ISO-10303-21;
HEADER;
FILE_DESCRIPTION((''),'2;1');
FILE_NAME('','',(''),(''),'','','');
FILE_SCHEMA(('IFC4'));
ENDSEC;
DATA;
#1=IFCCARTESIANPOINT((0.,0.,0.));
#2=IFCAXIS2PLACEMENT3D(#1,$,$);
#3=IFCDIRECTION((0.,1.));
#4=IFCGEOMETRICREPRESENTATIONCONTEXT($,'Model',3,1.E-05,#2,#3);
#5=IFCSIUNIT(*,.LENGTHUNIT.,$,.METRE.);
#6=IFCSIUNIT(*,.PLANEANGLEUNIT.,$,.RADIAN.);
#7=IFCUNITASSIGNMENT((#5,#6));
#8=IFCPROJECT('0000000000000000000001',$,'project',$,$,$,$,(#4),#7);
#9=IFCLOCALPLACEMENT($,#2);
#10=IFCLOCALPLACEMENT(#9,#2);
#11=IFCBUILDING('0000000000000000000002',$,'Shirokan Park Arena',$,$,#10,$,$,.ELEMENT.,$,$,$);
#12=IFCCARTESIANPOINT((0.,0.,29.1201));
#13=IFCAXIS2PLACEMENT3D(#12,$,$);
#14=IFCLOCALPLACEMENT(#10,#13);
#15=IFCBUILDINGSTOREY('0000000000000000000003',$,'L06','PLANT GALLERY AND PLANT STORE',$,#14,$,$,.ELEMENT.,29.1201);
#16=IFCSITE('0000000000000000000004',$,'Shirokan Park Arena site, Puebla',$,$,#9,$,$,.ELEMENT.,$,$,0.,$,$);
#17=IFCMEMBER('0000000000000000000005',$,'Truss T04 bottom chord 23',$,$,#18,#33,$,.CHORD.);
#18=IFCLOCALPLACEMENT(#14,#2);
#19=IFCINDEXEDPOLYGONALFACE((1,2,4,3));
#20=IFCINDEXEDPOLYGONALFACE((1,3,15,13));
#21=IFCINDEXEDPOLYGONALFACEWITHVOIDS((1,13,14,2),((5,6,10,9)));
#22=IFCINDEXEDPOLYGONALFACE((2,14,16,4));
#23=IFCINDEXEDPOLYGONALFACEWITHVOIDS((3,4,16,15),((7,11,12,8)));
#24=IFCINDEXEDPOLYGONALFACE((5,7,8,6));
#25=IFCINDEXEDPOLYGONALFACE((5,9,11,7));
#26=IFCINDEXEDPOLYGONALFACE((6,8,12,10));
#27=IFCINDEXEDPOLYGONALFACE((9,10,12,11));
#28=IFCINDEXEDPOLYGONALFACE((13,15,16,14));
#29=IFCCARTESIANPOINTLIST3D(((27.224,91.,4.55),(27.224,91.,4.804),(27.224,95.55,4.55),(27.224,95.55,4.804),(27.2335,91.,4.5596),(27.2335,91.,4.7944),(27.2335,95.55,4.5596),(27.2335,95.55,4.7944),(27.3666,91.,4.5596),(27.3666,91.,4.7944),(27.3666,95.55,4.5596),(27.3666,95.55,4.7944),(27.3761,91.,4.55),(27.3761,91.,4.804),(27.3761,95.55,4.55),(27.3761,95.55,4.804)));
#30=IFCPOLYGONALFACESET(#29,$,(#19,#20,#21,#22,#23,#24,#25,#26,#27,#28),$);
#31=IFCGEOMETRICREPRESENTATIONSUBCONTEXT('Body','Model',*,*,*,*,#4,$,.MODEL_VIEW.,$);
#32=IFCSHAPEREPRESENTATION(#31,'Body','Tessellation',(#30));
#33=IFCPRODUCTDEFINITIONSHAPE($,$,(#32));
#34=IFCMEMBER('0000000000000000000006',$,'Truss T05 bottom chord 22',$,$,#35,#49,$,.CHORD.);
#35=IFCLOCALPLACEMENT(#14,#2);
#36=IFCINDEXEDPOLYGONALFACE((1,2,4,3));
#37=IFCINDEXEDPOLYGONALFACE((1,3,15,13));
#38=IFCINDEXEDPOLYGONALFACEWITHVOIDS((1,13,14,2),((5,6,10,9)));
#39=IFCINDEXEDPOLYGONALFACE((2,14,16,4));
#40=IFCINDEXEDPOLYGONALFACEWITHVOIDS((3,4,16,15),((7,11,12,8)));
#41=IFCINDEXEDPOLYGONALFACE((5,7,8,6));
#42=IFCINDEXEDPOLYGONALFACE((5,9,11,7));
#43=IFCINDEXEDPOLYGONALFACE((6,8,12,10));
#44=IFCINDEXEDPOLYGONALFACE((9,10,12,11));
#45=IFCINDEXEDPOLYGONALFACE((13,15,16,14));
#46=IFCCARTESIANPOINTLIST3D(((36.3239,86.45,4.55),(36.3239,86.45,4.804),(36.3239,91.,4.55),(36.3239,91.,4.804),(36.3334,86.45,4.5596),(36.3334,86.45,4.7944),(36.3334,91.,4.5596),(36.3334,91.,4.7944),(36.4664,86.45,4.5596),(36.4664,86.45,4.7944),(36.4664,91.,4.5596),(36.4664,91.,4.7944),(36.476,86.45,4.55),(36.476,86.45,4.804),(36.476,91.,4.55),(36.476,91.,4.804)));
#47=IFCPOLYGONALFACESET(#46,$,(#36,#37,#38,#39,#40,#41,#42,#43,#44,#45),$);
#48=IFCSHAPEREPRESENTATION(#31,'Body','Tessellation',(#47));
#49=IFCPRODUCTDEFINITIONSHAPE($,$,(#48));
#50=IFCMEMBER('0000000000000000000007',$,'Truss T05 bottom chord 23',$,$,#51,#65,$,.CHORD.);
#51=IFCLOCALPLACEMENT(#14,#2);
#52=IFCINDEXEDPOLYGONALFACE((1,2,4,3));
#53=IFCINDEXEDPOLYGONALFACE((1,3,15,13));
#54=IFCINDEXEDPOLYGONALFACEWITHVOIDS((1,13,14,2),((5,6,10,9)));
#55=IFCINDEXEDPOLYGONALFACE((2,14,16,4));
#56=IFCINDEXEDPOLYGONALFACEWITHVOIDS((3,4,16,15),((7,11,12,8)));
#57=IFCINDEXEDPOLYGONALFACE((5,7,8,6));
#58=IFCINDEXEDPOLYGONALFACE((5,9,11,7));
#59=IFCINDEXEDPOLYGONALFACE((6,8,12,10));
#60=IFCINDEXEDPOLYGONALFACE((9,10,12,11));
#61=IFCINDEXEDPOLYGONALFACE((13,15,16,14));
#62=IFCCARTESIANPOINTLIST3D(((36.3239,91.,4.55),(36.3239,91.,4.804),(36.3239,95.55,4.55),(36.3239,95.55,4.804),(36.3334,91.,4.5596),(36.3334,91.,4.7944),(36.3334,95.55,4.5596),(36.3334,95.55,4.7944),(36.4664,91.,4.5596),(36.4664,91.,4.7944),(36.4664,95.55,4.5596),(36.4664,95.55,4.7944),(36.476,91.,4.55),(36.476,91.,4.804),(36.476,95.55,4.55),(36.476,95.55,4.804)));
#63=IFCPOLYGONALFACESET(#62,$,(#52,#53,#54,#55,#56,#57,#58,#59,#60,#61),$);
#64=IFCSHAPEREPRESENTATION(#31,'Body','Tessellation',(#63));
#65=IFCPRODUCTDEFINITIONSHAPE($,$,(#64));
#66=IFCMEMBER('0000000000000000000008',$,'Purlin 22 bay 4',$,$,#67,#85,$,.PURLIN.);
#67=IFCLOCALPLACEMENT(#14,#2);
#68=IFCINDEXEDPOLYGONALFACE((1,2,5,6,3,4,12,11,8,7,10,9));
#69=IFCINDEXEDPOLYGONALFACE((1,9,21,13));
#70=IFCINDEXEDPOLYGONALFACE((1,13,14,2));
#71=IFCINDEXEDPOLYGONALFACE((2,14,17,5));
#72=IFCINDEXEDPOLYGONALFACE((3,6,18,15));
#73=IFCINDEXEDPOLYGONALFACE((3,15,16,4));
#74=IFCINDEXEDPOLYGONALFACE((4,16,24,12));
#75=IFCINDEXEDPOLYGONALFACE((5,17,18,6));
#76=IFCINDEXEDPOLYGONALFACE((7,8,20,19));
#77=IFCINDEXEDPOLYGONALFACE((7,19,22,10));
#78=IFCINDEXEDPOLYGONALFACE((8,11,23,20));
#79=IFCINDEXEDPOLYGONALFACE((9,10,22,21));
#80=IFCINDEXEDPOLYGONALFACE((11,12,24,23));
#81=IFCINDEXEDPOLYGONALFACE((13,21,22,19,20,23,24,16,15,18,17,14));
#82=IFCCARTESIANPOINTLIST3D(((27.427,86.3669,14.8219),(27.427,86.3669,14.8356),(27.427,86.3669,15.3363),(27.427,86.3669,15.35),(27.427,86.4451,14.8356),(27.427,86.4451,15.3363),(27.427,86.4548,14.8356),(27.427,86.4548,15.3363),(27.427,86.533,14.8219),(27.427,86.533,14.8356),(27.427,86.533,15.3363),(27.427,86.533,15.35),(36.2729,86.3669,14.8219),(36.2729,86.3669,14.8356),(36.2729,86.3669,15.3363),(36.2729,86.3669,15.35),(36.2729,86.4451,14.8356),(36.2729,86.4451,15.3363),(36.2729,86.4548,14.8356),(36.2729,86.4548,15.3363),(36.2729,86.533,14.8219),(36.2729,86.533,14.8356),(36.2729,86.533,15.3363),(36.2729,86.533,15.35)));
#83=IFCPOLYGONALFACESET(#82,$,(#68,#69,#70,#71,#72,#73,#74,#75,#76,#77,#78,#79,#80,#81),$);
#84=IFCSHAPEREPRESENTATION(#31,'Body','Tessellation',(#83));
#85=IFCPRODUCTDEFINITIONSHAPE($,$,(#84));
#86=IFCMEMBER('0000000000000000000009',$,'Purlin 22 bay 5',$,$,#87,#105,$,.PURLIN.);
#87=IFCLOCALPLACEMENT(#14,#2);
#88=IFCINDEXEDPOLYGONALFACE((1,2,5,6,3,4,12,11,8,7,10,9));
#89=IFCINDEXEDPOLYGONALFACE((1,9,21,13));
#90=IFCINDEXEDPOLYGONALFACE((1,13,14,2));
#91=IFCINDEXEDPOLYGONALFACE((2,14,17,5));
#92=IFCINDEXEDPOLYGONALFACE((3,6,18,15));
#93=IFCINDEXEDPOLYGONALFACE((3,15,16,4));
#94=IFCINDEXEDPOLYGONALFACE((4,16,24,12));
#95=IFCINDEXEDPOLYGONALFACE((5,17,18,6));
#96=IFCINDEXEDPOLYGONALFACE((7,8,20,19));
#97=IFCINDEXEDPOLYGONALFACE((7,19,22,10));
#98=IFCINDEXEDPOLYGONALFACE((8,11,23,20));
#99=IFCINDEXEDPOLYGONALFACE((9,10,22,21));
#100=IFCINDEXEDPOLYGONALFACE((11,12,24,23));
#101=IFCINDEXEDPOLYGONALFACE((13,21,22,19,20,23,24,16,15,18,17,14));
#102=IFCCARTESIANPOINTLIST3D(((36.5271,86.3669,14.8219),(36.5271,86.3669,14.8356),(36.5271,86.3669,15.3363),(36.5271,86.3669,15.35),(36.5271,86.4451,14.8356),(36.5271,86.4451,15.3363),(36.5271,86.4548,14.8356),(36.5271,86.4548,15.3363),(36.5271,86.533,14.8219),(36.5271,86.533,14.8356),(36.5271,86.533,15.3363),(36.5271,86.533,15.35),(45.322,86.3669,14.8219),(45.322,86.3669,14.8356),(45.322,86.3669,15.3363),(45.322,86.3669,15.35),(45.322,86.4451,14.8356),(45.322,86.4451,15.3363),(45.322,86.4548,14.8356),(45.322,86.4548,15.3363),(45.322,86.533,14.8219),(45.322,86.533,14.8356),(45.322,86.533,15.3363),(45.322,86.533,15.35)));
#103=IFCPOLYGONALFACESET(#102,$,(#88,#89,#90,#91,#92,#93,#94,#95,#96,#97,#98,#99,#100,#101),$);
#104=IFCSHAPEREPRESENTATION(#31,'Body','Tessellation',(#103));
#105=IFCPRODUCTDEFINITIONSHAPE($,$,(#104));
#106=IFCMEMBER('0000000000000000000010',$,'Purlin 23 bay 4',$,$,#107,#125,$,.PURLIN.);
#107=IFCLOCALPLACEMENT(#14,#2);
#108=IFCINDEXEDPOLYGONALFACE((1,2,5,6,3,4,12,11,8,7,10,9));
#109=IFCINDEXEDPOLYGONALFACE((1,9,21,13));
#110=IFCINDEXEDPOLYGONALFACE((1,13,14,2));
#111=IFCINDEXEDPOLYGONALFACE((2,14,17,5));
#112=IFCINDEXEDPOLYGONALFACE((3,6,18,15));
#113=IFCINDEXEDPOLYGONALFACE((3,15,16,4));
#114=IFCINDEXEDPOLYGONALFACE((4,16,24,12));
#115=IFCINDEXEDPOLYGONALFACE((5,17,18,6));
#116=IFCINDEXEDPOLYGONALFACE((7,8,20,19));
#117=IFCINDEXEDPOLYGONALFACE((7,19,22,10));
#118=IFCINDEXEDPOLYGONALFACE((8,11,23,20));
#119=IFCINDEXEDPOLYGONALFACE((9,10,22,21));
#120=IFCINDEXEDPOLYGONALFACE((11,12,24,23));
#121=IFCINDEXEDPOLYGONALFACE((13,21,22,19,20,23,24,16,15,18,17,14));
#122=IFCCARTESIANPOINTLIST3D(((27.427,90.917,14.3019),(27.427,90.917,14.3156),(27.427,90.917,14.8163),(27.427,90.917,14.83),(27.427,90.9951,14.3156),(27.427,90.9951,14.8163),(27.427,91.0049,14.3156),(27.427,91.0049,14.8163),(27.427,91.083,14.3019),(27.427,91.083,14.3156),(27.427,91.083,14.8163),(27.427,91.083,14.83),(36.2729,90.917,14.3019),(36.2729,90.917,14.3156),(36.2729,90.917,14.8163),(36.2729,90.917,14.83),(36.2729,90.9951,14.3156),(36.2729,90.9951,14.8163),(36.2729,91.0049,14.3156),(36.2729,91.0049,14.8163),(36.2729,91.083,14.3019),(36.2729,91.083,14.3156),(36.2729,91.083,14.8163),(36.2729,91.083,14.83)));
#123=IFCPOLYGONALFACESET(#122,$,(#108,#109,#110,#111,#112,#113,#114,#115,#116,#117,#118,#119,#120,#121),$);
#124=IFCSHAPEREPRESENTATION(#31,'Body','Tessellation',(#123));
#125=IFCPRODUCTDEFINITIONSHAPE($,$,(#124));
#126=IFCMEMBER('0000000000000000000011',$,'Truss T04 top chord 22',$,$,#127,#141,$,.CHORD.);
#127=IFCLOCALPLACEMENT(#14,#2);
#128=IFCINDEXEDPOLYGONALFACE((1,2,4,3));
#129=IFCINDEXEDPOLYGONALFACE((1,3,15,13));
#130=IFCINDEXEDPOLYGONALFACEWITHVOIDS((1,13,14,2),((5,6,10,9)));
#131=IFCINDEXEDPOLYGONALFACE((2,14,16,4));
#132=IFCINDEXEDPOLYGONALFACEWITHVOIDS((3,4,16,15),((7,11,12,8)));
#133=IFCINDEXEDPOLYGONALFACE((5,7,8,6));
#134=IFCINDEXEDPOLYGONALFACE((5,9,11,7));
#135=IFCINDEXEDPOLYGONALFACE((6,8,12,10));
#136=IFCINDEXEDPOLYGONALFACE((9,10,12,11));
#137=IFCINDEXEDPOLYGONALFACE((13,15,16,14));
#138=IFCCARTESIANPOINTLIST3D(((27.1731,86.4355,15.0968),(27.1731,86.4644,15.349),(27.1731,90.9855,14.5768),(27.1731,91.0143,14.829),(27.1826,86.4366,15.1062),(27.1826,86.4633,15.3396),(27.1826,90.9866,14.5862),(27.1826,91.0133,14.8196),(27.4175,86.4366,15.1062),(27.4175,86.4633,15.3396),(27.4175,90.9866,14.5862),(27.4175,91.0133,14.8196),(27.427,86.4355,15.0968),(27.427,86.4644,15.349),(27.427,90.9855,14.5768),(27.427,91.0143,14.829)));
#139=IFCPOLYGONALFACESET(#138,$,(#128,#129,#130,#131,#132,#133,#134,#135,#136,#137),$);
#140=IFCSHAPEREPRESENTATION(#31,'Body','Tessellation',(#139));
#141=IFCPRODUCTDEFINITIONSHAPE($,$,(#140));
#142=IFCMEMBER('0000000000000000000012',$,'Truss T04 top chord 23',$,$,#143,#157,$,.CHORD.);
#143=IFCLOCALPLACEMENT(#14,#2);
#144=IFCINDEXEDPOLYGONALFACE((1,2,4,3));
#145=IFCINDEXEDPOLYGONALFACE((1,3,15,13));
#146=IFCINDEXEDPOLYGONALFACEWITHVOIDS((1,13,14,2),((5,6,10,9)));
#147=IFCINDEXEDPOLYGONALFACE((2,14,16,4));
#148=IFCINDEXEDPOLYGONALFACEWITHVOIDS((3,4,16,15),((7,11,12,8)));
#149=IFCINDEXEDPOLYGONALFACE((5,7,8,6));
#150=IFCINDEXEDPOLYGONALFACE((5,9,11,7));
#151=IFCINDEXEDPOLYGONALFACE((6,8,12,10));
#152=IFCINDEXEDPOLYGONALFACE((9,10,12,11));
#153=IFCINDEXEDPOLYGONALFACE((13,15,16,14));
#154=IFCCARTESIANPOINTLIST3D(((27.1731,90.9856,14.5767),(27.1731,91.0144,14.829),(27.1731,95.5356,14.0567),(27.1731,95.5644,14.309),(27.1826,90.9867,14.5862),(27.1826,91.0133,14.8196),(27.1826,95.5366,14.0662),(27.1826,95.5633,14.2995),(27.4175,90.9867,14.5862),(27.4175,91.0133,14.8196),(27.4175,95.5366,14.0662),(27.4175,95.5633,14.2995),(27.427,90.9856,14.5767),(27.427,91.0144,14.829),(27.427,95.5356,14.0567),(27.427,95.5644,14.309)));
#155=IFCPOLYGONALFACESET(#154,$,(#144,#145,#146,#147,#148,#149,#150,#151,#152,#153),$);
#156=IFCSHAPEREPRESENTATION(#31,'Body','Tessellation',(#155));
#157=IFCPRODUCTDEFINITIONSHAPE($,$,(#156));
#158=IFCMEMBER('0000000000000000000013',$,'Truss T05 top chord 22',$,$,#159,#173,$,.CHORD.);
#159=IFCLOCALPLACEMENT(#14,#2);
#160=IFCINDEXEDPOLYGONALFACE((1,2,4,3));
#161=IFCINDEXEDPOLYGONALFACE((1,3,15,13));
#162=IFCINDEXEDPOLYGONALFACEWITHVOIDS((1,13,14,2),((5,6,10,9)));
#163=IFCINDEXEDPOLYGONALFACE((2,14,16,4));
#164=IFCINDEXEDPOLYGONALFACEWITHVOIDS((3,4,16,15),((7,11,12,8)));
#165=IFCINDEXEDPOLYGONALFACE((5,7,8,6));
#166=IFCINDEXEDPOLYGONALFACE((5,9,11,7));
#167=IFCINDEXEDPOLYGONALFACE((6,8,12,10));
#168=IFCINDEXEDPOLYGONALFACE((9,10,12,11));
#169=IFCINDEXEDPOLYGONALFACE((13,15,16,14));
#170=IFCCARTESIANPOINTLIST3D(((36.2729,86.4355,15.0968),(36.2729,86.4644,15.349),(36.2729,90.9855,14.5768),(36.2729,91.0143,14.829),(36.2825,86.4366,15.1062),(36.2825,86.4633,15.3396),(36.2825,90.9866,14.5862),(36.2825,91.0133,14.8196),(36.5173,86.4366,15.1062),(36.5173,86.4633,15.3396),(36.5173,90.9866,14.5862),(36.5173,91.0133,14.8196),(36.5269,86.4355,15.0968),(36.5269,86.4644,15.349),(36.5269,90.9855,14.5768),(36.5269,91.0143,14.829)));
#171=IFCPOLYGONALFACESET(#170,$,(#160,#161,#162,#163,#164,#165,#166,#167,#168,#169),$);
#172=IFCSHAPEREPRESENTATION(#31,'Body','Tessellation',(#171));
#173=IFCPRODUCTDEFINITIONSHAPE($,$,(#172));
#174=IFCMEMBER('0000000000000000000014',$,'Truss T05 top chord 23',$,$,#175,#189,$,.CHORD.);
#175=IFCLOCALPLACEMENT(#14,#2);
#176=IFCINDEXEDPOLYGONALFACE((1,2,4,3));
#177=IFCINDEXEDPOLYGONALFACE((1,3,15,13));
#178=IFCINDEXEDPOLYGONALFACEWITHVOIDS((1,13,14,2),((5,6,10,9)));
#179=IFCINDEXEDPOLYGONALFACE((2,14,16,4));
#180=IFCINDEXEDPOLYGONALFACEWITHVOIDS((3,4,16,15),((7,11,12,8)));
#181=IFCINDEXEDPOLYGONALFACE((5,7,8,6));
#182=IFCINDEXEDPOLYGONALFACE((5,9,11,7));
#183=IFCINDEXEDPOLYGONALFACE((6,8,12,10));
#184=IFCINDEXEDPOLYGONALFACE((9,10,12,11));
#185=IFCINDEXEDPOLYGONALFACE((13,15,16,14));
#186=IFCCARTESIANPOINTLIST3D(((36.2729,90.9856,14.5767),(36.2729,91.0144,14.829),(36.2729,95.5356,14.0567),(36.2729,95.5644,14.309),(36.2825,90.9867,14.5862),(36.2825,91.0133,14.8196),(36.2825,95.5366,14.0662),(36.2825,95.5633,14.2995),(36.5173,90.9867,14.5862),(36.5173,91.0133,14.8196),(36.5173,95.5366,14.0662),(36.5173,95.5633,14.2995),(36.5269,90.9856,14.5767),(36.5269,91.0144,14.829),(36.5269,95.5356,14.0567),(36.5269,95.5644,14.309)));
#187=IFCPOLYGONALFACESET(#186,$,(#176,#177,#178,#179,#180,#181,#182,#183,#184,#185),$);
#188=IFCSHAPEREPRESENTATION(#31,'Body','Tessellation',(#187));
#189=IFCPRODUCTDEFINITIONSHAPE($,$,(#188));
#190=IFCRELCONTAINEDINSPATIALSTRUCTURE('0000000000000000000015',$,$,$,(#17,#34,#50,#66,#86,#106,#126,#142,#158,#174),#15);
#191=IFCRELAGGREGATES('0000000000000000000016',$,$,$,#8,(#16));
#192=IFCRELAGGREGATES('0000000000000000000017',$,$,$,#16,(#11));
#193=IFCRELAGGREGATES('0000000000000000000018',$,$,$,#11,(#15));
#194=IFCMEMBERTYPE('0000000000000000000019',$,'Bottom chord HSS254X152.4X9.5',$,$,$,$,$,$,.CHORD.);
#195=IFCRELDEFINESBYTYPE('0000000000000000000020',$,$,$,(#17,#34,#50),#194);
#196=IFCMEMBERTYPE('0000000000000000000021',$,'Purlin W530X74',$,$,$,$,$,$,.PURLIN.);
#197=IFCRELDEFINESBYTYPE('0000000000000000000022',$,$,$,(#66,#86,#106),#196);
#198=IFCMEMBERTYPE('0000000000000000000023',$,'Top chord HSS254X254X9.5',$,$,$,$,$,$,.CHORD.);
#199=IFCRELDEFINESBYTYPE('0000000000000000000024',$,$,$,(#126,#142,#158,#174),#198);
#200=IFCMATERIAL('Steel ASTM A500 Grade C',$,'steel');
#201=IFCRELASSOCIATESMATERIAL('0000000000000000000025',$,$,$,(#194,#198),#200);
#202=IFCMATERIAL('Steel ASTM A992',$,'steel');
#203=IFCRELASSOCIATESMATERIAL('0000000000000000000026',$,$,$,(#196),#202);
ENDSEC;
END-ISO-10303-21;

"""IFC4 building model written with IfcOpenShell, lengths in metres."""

from ifc_helpers import new_model, si_unit, direction, frame, origin, origin_2d, place, context, subcontext, project, spatial, hollow_rectangle, i_section, extrude, material, material_profile, profile_set, type_object, element, save


model = new_model("IFC4")

# Units and contexts
model_context = context("Model", 3, precision=1e-05, world=origin(), true_north=direction((0.0, 1.0)))
body_context = subcontext(model_context, "Body", "Model", "MODEL_VIEW")
ifc_project = project(units=[si_unit("LENGTHUNIT", "METRE"), si_unit("PLANEANGLEUNIT", "RADIAN")], contexts=[model_context])

# Site, building, storey
site_placement = place(None, origin())
site = spatial("IfcSite", under=ifc_project, at=site_placement, Name="Shirokan Park Arena site, Puebla", CompositionType="ELEMENT", RefElevation=0.0)
building_placement = place(site_placement, origin())
building = spatial("IfcBuilding", under=site, at=building_placement, Name="Shirokan Park Arena", CompositionType="ELEMENT")
storey_placement = place(building_placement, frame((0.0, 0.0, 29.1201)))
storey = spatial("IfcBuildingStorey", under=building, at=storey_placement, Name="L06", Description="PLANT GALLERY AND PLANT STORE", CompositionType="ELEMENT", Elevation=29.1201)

# Members
ifc_material_1 = material(Name="Steel ASTM A500 Grade C", Category="steel")
ifc_material_profile_1 = material_profile(ifc_material_1, hollow_rectangle(XDim=0.1521, YDim=0.2539, WallThickness=0.0095, at=origin_2d()), Name="HSS254X152.4X9.5")
ifc_profile_set_1 = profile_set([ifc_material_profile_1], Name="Steel ASTM A500 Grade C")
member_type_1 = type_object("IfcMemberType", Name="Bottom chord HSS254X152.4X9.5", PredefinedType="CHORD", material=ifc_profile_set_1)
for number, where, z_axis, x_axis, name in (
    (1, (27.3, 91.0, 4.677), (0.0, 1.0, 0.0), (-1.0, 0.0, 0.0), "Truss T04 bottom chord 23"),
    (2, (36.3999, 86.45, 4.677), (0.0, 1.0, 0.0), (-1.0, 0.0, 0.0), "Truss T05 bottom chord 22"),
    (3, (36.3999, 91.0, 4.677), (0.0, 1.0, 0.0), (-1.0, 0.0, 0.0), "Truss T05 bottom chord 23"),
):
    element("IfcMember", number, at=place(storey_placement, frame(where, z_axis=z_axis, x_axis=x_axis)), inside=storey, type_object=member_type_1, Name=name, PredefinedType="CHORD", context=body_context, shape_type="SweptSolid", body=[
        extrude(hollow_rectangle(XDim=0.1521, YDim=0.2539, WallThickness=0.0095, at=origin_2d()), origin(), (0.0, 0.0, 1.0), 4.55),
    ])
ifc_material_2 = material(Name="Steel ASTM A992", Category="steel")
ifc_material_profile_2 = material_profile(ifc_material_2, i_section(OverallWidth=0.166, OverallDepth=0.5281, WebThickness=0.0098, FlangeThickness=0.0137, at=origin_2d()), Name="W530X74")
ifc_profile_set_2 = profile_set([ifc_material_profile_2], Name="Steel ASTM A992")
member_type_2 = type_object("IfcMemberType", Name="Purlin W530X74", PredefinedType="PURLIN", material=ifc_profile_set_2)
member_1_placement = place(storey_placement, frame((27.427, 86.45, 15.0859), z_axis=(1.0, 0.0, 0.0), x_axis=(0.0, 1.0, 0.0)))
element("IfcMember", 4, at=member_1_placement, inside=storey, type_object=member_type_2, Name="Purlin 22 bay 4", PredefinedType="PURLIN", context=body_context, shape_type="SweptSolid", body=[
    extrude(i_section(OverallWidth=0.166, OverallDepth=0.5281, WebThickness=0.0098, FlangeThickness=0.0137, at=origin_2d()), origin(), (0.0, 0.0, 1.0), 8.8459),
])
member_2_placement = place(storey_placement, frame((36.5271, 86.45, 15.0859), z_axis=(1.0, 0.0, 0.0), x_axis=(0.0, 1.0, 0.0)))
element("IfcMember", 5, at=member_2_placement, inside=storey, type_object=member_type_2, Name="Purlin 22 bay 5", PredefinedType="PURLIN", context=body_context, shape_type="SweptSolid", body=[
    extrude(i_section(OverallWidth=0.166, OverallDepth=0.5281, WebThickness=0.0098, FlangeThickness=0.0137, at=origin_2d()), origin(), (0.0, 0.0, 1.0), 8.7949),
])
member_3_placement = place(storey_placement, frame((27.427, 91.0, 14.5659), z_axis=(1.0, 0.0, 0.0), x_axis=(0.0, 1.0, 0.0)))
element("IfcMember", 6, at=member_3_placement, inside=storey, type_object=member_type_2, Name="Purlin 23 bay 4", PredefinedType="PURLIN", context=body_context, shape_type="SweptSolid", body=[
    extrude(i_section(OverallWidth=0.166, OverallDepth=0.5281, WebThickness=0.0098, FlangeThickness=0.0137, at=origin_2d()), origin(), (0.0, 0.0, 1.0), 8.8459),
])
ifc_material_profile_3 = material_profile(ifc_material_1, hollow_rectangle(XDim=0.2539, YDim=0.2539, WallThickness=0.0095, at=origin_2d()), Name="HSS254X254X9.5")
ifc_profile_set_3 = profile_set([ifc_material_profile_3], Name="Steel ASTM A500 Grade C")
member_type_3 = type_object("IfcMemberType", Name="Top chord HSS254X254X9.5", PredefinedType="CHORD", material=ifc_profile_set_3)
for number, where, z_axis, x_axis, name in (
    (7, (27.3, 86.45, 15.2229), (0.0, 0.993532, -0.11355), (-1.0, 0.0, 0.0), "Truss T04 top chord 22"),
    (8, (27.3, 91.0, 14.7029), (0.0, 0.993532, -0.11355), (-1.0, 0.0, 0.0), "Truss T04 top chord 23"),
    (9, (36.3999, 86.45, 15.2229), (0.0, 0.993532, -0.11355), (-1.0, 0.0, 0.0), "Truss T05 top chord 22"),
    (10, (36.3999, 91.0, 14.7029), (0.0, 0.993532, -0.11355), (-1.0, 0.0, 0.0), "Truss T05 top chord 23"),
):
    element("IfcMember", number, at=place(storey_placement, frame(where, z_axis=z_axis, x_axis=x_axis)), inside=storey, type_object=member_type_3, Name=name, PredefinedType="CHORD", context=body_context, shape_type="SweptSolid", body=[
        extrude(hollow_rectangle(XDim=0.2539, YDim=0.2539, WallThickness=0.0095, at=origin_2d()), origin(), (0.0, 0.0, 1.0), 4.5796),
    ])

save(model, "model.ifc")
